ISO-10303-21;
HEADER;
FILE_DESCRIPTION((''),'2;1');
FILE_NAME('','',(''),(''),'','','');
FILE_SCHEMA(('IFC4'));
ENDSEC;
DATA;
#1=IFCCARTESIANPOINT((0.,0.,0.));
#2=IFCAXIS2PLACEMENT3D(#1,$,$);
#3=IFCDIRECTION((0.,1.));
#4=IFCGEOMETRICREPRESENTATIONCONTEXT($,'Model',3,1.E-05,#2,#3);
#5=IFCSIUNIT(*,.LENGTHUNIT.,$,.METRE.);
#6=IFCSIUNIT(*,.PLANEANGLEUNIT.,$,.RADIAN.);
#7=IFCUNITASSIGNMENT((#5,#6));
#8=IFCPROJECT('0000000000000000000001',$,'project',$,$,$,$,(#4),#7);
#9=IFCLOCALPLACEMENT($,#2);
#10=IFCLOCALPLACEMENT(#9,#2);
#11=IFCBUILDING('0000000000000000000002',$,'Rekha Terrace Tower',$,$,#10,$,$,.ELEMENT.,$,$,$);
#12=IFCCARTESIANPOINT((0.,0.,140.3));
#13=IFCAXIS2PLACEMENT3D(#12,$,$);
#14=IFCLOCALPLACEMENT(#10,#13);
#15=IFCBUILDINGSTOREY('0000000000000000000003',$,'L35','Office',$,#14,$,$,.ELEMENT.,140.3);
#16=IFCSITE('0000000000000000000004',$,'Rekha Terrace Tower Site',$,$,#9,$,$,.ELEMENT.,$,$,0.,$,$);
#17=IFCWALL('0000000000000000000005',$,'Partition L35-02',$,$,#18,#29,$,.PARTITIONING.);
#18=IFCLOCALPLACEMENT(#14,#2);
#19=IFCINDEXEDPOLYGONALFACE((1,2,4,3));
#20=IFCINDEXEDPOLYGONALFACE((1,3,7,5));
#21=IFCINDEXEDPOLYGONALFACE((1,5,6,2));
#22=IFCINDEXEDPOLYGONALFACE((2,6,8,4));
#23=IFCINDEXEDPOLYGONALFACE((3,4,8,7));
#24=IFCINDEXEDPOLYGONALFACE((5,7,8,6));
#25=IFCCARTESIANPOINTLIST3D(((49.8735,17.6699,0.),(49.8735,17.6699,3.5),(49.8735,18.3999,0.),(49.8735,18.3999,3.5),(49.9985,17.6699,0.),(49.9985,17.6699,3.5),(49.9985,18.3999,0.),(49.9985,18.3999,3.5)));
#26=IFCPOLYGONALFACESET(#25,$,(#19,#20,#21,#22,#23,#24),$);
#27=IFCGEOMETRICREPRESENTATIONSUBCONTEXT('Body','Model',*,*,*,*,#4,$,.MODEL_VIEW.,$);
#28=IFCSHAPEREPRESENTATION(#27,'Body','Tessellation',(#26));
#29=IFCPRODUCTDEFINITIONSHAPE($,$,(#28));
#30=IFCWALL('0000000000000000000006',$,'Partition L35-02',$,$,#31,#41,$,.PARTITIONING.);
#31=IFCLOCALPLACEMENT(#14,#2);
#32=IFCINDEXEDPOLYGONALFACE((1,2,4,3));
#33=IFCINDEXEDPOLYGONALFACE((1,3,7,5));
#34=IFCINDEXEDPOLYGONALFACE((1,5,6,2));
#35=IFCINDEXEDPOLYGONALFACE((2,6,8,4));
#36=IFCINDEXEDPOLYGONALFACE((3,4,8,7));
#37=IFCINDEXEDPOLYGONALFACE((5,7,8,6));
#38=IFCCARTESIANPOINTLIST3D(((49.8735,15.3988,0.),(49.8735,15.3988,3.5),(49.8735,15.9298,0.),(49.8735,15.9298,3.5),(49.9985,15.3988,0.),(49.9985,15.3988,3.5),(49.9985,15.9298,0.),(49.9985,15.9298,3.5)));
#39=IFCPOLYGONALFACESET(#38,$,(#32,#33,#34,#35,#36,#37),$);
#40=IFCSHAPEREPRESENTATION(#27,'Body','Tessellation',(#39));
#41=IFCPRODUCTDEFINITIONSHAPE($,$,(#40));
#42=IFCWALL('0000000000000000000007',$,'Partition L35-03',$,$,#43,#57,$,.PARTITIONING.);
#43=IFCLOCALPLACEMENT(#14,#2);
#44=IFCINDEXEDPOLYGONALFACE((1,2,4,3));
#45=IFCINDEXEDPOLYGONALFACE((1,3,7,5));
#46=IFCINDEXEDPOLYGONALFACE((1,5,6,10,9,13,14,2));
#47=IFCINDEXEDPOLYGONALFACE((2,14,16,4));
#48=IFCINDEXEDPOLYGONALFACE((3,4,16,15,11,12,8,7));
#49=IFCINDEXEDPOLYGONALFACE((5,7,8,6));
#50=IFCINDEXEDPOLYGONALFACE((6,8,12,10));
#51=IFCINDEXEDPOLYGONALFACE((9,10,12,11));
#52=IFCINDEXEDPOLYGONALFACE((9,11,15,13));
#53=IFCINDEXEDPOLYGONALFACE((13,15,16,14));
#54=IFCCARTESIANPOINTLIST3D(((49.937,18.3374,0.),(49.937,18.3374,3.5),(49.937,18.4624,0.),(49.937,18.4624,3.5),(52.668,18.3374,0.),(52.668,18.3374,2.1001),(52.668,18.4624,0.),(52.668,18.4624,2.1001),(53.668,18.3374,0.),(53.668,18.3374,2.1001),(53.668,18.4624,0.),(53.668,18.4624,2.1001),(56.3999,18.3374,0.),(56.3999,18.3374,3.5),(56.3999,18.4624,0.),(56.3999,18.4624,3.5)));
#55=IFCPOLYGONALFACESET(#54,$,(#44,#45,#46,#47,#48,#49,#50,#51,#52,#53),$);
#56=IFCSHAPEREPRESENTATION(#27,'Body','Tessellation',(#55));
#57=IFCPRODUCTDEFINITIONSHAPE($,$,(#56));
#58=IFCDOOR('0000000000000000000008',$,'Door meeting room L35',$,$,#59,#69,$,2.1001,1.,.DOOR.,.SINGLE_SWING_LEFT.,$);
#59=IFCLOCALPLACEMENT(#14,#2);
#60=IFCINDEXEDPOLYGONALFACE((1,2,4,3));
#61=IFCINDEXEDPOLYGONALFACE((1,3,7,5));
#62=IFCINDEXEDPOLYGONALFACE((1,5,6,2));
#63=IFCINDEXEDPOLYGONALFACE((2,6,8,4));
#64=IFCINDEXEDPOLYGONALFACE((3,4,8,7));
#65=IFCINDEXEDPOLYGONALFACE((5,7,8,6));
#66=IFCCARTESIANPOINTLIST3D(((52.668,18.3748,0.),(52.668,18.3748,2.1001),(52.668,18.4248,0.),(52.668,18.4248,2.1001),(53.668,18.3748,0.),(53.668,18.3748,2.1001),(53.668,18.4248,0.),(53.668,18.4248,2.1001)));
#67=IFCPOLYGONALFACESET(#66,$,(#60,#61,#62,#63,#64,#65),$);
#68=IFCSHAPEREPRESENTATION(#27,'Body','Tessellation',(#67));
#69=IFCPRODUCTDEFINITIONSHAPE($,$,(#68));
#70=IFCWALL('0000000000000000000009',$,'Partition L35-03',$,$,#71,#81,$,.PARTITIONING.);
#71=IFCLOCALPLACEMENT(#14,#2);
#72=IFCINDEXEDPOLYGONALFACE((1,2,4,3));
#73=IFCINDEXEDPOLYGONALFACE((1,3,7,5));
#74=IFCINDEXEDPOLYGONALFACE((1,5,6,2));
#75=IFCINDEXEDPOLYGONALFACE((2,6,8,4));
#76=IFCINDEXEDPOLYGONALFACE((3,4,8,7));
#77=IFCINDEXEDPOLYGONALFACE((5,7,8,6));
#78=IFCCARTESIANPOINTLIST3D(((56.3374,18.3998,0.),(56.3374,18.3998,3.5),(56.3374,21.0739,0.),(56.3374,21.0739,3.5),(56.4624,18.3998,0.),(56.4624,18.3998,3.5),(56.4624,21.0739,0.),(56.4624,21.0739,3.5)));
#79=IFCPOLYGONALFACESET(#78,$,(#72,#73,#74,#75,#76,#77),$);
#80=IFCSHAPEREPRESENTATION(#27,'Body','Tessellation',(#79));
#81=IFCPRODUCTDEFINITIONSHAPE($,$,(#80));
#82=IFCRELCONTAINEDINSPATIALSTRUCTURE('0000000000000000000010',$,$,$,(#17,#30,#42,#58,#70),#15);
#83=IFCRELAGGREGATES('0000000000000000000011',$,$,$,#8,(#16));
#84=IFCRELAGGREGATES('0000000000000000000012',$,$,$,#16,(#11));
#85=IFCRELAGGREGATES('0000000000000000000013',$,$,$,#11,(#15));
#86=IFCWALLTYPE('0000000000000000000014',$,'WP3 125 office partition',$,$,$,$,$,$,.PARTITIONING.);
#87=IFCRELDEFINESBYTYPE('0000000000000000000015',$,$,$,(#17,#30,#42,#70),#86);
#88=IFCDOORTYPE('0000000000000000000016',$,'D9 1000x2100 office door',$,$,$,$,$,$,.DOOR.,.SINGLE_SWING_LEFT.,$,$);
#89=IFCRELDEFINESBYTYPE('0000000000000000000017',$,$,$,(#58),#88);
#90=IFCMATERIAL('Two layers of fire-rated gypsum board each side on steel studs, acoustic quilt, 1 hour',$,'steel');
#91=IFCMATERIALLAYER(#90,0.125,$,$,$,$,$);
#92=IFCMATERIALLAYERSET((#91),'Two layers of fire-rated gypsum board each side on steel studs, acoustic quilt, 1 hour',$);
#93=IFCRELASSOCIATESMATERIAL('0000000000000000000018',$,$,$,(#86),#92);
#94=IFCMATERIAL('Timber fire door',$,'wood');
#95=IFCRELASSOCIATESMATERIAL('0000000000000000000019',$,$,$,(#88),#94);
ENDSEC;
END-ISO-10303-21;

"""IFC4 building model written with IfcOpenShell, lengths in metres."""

from ifc_helpers import new_model, si_unit, direction, frame, frame_2d, origin, place, context, subcontext, project, spatial, rectangle, extrude, material, layer, layer_set, type_object, element, fill, save


model = new_model("IFC4")

# Units and contexts
model_context = context("Model", 3, precision=1e-05, world=origin(), true_north=direction((0.0, 1.0)))
body_context = subcontext(model_context, "Body", "Model", "MODEL_VIEW")
ifc_project = project(units=[si_unit("LENGTHUNIT", "METRE"), si_unit("PLANEANGLEUNIT", "RADIAN")], contexts=[model_context])

# Site, building, storey
site_placement = place(None, origin())
site = spatial("IfcSite", under=ifc_project, at=site_placement, Name="Rekha Terrace Tower Site", CompositionType="ELEMENT", RefElevation=0.0)
building_placement = place(site_placement, origin())
building = spatial("IfcBuilding", under=site, at=building_placement, Name="Rekha Terrace Tower", CompositionType="ELEMENT")
storey_placement = place(building_placement, frame((0.0, 0.0, 140.3)))
storey = spatial("IfcBuildingStorey", under=building, at=storey_placement, Name="L35", Description="Office", CompositionType="ELEMENT", Elevation=140.3)

# Walls
ifc_material_1 = material(Name="Two layers of fire-rated gypsum board each side on steel studs, acoustic quilt, 1 hour", Category="steel")
ifc_layer_1 = layer(ifc_material_1, 0.125)
ifc_layer_set_1 = layer_set([ifc_layer_1], Name="Two layers of fire-rated gypsum board each side on steel studs, acoustic quilt, 1 hour")
wall_type = type_object("IfcWallType", Name="WP3 125 office partition", PredefinedType="PARTITIONING", material=ifc_layer_set_1)
wall_1_placement = place(storey_placement, frame((49.936, 18.3999, 0.0), z_axis=(0.0, 0.0, 1.0), x_axis=(0.0, -1.0, 0.0)))
element("IfcWall", 1, at=wall_1_placement, inside=storey, type_object=wall_type, Name="Partition L35-02", PredefinedType="PARTITIONING", context=body_context, shape_type="SweptSolid", body=[
    extrude(rectangle(XDim=0.73, YDim=0.125, at=frame_2d((0.365, 0.0))), origin(), (0.0, 0.0, 1.0), 3.5),
])
wall_2_placement = place(storey_placement, frame((49.936, 15.9299, 0.0), z_axis=(0.0, 0.0, 1.0), x_axis=(0.0, -1.0, 0.0)))
element("IfcWall", 2, at=wall_2_placement, inside=storey, type_object=wall_type, Name="Partition L35-02", PredefinedType="PARTITIONING", context=body_context, shape_type="SweptSolid", body=[
    extrude(rectangle(XDim=0.531, YDim=0.125, at=frame_2d((0.2656, 0.0))), origin(), (0.0, 0.0, 1.0), 3.5),
])

# Wall, opening, door
wall_3_placement = place(storey_placement, frame((49.937, 18.3999, 0.0), z_axis=(0.0, 0.0, 1.0), x_axis=(1.0, 0.0, 0.0)))
wall_3 = element("IfcWall", 3, at=wall_3_placement, inside=storey, type_object=wall_type, Name="Partition L35-03", PredefinedType="PARTITIONING", context=body_context, shape_type="SweptSolid", body=[
    extrude(rectangle(XDim=6.4629, YDim=0.125, at=frame_2d((3.2314, 0.0))), origin(), (0.0, 0.0, 1.0), 3.5),
])
opening_placement = place(wall_3_placement, frame((2.731, 0.0, 0.0)))
opening = element("IfcOpeningElement", 4, at=opening_placement, cuts=wall_3, PredefinedType="OPENING", context=body_context, shape_type="SweptSolid", body=[
    extrude(rectangle(XDim=1.0, YDim=2.1001, at=frame_2d((0.5, 1.05))), frame((0.0, 0.0725, 0.0), z_axis=(0.0, -1.0, 0.0), x_axis=(1.0, 0.0, 0.0)), (0.0, 0.0, 1.0), 0.145),
])
ifc_material_2 = material(Name="Timber fire door", Category="wood")
door_type = type_object("IfcDoorType", Name="D9 1000x2100 office door", OperationType="SINGLE_SWING_LEFT", PredefinedType="DOOR", material=ifc_material_2)
door_placement = place(opening_placement, origin())
door = element("IfcDoor", 5, at=door_placement, inside=storey, type_object=door_type, Name="Door meeting room L35", OperationType="SINGLE_SWING_LEFT", OverallHeight=2.1001, OverallWidth=1.0, PredefinedType="DOOR", context=body_context, shape_type="SweptSolid", body=[
    extrude(rectangle(XDim=1.0, YDim=2.1001, at=frame_2d((0.5, 1.05))), frame((0.0, 0.0249, 0.0), z_axis=(0.0, -1.0, 0.0), x_axis=(1.0, 0.0, 0.0)), (0.0, 0.0, 1.0), 0.05),
])
fill(opening, door)

# Wall
wall_4_placement = place(storey_placement, frame((56.3999, 18.3999, 0.0), z_axis=(0.0, 0.0, 1.0), x_axis=(0.0, 1.0, 0.0)))
element("IfcWall", 6, at=wall_4_placement, inside=storey, type_object=wall_type, Name="Partition L35-03", PredefinedType="PARTITIONING", context=body_context, shape_type="SweptSolid", body=[
    extrude(rectangle(XDim=2.6741, YDim=0.125, at=frame_2d((1.3369, 0.0))), origin(), (0.0, 0.0, 1.0), 3.5),
])

save(model, "model.ifc")
